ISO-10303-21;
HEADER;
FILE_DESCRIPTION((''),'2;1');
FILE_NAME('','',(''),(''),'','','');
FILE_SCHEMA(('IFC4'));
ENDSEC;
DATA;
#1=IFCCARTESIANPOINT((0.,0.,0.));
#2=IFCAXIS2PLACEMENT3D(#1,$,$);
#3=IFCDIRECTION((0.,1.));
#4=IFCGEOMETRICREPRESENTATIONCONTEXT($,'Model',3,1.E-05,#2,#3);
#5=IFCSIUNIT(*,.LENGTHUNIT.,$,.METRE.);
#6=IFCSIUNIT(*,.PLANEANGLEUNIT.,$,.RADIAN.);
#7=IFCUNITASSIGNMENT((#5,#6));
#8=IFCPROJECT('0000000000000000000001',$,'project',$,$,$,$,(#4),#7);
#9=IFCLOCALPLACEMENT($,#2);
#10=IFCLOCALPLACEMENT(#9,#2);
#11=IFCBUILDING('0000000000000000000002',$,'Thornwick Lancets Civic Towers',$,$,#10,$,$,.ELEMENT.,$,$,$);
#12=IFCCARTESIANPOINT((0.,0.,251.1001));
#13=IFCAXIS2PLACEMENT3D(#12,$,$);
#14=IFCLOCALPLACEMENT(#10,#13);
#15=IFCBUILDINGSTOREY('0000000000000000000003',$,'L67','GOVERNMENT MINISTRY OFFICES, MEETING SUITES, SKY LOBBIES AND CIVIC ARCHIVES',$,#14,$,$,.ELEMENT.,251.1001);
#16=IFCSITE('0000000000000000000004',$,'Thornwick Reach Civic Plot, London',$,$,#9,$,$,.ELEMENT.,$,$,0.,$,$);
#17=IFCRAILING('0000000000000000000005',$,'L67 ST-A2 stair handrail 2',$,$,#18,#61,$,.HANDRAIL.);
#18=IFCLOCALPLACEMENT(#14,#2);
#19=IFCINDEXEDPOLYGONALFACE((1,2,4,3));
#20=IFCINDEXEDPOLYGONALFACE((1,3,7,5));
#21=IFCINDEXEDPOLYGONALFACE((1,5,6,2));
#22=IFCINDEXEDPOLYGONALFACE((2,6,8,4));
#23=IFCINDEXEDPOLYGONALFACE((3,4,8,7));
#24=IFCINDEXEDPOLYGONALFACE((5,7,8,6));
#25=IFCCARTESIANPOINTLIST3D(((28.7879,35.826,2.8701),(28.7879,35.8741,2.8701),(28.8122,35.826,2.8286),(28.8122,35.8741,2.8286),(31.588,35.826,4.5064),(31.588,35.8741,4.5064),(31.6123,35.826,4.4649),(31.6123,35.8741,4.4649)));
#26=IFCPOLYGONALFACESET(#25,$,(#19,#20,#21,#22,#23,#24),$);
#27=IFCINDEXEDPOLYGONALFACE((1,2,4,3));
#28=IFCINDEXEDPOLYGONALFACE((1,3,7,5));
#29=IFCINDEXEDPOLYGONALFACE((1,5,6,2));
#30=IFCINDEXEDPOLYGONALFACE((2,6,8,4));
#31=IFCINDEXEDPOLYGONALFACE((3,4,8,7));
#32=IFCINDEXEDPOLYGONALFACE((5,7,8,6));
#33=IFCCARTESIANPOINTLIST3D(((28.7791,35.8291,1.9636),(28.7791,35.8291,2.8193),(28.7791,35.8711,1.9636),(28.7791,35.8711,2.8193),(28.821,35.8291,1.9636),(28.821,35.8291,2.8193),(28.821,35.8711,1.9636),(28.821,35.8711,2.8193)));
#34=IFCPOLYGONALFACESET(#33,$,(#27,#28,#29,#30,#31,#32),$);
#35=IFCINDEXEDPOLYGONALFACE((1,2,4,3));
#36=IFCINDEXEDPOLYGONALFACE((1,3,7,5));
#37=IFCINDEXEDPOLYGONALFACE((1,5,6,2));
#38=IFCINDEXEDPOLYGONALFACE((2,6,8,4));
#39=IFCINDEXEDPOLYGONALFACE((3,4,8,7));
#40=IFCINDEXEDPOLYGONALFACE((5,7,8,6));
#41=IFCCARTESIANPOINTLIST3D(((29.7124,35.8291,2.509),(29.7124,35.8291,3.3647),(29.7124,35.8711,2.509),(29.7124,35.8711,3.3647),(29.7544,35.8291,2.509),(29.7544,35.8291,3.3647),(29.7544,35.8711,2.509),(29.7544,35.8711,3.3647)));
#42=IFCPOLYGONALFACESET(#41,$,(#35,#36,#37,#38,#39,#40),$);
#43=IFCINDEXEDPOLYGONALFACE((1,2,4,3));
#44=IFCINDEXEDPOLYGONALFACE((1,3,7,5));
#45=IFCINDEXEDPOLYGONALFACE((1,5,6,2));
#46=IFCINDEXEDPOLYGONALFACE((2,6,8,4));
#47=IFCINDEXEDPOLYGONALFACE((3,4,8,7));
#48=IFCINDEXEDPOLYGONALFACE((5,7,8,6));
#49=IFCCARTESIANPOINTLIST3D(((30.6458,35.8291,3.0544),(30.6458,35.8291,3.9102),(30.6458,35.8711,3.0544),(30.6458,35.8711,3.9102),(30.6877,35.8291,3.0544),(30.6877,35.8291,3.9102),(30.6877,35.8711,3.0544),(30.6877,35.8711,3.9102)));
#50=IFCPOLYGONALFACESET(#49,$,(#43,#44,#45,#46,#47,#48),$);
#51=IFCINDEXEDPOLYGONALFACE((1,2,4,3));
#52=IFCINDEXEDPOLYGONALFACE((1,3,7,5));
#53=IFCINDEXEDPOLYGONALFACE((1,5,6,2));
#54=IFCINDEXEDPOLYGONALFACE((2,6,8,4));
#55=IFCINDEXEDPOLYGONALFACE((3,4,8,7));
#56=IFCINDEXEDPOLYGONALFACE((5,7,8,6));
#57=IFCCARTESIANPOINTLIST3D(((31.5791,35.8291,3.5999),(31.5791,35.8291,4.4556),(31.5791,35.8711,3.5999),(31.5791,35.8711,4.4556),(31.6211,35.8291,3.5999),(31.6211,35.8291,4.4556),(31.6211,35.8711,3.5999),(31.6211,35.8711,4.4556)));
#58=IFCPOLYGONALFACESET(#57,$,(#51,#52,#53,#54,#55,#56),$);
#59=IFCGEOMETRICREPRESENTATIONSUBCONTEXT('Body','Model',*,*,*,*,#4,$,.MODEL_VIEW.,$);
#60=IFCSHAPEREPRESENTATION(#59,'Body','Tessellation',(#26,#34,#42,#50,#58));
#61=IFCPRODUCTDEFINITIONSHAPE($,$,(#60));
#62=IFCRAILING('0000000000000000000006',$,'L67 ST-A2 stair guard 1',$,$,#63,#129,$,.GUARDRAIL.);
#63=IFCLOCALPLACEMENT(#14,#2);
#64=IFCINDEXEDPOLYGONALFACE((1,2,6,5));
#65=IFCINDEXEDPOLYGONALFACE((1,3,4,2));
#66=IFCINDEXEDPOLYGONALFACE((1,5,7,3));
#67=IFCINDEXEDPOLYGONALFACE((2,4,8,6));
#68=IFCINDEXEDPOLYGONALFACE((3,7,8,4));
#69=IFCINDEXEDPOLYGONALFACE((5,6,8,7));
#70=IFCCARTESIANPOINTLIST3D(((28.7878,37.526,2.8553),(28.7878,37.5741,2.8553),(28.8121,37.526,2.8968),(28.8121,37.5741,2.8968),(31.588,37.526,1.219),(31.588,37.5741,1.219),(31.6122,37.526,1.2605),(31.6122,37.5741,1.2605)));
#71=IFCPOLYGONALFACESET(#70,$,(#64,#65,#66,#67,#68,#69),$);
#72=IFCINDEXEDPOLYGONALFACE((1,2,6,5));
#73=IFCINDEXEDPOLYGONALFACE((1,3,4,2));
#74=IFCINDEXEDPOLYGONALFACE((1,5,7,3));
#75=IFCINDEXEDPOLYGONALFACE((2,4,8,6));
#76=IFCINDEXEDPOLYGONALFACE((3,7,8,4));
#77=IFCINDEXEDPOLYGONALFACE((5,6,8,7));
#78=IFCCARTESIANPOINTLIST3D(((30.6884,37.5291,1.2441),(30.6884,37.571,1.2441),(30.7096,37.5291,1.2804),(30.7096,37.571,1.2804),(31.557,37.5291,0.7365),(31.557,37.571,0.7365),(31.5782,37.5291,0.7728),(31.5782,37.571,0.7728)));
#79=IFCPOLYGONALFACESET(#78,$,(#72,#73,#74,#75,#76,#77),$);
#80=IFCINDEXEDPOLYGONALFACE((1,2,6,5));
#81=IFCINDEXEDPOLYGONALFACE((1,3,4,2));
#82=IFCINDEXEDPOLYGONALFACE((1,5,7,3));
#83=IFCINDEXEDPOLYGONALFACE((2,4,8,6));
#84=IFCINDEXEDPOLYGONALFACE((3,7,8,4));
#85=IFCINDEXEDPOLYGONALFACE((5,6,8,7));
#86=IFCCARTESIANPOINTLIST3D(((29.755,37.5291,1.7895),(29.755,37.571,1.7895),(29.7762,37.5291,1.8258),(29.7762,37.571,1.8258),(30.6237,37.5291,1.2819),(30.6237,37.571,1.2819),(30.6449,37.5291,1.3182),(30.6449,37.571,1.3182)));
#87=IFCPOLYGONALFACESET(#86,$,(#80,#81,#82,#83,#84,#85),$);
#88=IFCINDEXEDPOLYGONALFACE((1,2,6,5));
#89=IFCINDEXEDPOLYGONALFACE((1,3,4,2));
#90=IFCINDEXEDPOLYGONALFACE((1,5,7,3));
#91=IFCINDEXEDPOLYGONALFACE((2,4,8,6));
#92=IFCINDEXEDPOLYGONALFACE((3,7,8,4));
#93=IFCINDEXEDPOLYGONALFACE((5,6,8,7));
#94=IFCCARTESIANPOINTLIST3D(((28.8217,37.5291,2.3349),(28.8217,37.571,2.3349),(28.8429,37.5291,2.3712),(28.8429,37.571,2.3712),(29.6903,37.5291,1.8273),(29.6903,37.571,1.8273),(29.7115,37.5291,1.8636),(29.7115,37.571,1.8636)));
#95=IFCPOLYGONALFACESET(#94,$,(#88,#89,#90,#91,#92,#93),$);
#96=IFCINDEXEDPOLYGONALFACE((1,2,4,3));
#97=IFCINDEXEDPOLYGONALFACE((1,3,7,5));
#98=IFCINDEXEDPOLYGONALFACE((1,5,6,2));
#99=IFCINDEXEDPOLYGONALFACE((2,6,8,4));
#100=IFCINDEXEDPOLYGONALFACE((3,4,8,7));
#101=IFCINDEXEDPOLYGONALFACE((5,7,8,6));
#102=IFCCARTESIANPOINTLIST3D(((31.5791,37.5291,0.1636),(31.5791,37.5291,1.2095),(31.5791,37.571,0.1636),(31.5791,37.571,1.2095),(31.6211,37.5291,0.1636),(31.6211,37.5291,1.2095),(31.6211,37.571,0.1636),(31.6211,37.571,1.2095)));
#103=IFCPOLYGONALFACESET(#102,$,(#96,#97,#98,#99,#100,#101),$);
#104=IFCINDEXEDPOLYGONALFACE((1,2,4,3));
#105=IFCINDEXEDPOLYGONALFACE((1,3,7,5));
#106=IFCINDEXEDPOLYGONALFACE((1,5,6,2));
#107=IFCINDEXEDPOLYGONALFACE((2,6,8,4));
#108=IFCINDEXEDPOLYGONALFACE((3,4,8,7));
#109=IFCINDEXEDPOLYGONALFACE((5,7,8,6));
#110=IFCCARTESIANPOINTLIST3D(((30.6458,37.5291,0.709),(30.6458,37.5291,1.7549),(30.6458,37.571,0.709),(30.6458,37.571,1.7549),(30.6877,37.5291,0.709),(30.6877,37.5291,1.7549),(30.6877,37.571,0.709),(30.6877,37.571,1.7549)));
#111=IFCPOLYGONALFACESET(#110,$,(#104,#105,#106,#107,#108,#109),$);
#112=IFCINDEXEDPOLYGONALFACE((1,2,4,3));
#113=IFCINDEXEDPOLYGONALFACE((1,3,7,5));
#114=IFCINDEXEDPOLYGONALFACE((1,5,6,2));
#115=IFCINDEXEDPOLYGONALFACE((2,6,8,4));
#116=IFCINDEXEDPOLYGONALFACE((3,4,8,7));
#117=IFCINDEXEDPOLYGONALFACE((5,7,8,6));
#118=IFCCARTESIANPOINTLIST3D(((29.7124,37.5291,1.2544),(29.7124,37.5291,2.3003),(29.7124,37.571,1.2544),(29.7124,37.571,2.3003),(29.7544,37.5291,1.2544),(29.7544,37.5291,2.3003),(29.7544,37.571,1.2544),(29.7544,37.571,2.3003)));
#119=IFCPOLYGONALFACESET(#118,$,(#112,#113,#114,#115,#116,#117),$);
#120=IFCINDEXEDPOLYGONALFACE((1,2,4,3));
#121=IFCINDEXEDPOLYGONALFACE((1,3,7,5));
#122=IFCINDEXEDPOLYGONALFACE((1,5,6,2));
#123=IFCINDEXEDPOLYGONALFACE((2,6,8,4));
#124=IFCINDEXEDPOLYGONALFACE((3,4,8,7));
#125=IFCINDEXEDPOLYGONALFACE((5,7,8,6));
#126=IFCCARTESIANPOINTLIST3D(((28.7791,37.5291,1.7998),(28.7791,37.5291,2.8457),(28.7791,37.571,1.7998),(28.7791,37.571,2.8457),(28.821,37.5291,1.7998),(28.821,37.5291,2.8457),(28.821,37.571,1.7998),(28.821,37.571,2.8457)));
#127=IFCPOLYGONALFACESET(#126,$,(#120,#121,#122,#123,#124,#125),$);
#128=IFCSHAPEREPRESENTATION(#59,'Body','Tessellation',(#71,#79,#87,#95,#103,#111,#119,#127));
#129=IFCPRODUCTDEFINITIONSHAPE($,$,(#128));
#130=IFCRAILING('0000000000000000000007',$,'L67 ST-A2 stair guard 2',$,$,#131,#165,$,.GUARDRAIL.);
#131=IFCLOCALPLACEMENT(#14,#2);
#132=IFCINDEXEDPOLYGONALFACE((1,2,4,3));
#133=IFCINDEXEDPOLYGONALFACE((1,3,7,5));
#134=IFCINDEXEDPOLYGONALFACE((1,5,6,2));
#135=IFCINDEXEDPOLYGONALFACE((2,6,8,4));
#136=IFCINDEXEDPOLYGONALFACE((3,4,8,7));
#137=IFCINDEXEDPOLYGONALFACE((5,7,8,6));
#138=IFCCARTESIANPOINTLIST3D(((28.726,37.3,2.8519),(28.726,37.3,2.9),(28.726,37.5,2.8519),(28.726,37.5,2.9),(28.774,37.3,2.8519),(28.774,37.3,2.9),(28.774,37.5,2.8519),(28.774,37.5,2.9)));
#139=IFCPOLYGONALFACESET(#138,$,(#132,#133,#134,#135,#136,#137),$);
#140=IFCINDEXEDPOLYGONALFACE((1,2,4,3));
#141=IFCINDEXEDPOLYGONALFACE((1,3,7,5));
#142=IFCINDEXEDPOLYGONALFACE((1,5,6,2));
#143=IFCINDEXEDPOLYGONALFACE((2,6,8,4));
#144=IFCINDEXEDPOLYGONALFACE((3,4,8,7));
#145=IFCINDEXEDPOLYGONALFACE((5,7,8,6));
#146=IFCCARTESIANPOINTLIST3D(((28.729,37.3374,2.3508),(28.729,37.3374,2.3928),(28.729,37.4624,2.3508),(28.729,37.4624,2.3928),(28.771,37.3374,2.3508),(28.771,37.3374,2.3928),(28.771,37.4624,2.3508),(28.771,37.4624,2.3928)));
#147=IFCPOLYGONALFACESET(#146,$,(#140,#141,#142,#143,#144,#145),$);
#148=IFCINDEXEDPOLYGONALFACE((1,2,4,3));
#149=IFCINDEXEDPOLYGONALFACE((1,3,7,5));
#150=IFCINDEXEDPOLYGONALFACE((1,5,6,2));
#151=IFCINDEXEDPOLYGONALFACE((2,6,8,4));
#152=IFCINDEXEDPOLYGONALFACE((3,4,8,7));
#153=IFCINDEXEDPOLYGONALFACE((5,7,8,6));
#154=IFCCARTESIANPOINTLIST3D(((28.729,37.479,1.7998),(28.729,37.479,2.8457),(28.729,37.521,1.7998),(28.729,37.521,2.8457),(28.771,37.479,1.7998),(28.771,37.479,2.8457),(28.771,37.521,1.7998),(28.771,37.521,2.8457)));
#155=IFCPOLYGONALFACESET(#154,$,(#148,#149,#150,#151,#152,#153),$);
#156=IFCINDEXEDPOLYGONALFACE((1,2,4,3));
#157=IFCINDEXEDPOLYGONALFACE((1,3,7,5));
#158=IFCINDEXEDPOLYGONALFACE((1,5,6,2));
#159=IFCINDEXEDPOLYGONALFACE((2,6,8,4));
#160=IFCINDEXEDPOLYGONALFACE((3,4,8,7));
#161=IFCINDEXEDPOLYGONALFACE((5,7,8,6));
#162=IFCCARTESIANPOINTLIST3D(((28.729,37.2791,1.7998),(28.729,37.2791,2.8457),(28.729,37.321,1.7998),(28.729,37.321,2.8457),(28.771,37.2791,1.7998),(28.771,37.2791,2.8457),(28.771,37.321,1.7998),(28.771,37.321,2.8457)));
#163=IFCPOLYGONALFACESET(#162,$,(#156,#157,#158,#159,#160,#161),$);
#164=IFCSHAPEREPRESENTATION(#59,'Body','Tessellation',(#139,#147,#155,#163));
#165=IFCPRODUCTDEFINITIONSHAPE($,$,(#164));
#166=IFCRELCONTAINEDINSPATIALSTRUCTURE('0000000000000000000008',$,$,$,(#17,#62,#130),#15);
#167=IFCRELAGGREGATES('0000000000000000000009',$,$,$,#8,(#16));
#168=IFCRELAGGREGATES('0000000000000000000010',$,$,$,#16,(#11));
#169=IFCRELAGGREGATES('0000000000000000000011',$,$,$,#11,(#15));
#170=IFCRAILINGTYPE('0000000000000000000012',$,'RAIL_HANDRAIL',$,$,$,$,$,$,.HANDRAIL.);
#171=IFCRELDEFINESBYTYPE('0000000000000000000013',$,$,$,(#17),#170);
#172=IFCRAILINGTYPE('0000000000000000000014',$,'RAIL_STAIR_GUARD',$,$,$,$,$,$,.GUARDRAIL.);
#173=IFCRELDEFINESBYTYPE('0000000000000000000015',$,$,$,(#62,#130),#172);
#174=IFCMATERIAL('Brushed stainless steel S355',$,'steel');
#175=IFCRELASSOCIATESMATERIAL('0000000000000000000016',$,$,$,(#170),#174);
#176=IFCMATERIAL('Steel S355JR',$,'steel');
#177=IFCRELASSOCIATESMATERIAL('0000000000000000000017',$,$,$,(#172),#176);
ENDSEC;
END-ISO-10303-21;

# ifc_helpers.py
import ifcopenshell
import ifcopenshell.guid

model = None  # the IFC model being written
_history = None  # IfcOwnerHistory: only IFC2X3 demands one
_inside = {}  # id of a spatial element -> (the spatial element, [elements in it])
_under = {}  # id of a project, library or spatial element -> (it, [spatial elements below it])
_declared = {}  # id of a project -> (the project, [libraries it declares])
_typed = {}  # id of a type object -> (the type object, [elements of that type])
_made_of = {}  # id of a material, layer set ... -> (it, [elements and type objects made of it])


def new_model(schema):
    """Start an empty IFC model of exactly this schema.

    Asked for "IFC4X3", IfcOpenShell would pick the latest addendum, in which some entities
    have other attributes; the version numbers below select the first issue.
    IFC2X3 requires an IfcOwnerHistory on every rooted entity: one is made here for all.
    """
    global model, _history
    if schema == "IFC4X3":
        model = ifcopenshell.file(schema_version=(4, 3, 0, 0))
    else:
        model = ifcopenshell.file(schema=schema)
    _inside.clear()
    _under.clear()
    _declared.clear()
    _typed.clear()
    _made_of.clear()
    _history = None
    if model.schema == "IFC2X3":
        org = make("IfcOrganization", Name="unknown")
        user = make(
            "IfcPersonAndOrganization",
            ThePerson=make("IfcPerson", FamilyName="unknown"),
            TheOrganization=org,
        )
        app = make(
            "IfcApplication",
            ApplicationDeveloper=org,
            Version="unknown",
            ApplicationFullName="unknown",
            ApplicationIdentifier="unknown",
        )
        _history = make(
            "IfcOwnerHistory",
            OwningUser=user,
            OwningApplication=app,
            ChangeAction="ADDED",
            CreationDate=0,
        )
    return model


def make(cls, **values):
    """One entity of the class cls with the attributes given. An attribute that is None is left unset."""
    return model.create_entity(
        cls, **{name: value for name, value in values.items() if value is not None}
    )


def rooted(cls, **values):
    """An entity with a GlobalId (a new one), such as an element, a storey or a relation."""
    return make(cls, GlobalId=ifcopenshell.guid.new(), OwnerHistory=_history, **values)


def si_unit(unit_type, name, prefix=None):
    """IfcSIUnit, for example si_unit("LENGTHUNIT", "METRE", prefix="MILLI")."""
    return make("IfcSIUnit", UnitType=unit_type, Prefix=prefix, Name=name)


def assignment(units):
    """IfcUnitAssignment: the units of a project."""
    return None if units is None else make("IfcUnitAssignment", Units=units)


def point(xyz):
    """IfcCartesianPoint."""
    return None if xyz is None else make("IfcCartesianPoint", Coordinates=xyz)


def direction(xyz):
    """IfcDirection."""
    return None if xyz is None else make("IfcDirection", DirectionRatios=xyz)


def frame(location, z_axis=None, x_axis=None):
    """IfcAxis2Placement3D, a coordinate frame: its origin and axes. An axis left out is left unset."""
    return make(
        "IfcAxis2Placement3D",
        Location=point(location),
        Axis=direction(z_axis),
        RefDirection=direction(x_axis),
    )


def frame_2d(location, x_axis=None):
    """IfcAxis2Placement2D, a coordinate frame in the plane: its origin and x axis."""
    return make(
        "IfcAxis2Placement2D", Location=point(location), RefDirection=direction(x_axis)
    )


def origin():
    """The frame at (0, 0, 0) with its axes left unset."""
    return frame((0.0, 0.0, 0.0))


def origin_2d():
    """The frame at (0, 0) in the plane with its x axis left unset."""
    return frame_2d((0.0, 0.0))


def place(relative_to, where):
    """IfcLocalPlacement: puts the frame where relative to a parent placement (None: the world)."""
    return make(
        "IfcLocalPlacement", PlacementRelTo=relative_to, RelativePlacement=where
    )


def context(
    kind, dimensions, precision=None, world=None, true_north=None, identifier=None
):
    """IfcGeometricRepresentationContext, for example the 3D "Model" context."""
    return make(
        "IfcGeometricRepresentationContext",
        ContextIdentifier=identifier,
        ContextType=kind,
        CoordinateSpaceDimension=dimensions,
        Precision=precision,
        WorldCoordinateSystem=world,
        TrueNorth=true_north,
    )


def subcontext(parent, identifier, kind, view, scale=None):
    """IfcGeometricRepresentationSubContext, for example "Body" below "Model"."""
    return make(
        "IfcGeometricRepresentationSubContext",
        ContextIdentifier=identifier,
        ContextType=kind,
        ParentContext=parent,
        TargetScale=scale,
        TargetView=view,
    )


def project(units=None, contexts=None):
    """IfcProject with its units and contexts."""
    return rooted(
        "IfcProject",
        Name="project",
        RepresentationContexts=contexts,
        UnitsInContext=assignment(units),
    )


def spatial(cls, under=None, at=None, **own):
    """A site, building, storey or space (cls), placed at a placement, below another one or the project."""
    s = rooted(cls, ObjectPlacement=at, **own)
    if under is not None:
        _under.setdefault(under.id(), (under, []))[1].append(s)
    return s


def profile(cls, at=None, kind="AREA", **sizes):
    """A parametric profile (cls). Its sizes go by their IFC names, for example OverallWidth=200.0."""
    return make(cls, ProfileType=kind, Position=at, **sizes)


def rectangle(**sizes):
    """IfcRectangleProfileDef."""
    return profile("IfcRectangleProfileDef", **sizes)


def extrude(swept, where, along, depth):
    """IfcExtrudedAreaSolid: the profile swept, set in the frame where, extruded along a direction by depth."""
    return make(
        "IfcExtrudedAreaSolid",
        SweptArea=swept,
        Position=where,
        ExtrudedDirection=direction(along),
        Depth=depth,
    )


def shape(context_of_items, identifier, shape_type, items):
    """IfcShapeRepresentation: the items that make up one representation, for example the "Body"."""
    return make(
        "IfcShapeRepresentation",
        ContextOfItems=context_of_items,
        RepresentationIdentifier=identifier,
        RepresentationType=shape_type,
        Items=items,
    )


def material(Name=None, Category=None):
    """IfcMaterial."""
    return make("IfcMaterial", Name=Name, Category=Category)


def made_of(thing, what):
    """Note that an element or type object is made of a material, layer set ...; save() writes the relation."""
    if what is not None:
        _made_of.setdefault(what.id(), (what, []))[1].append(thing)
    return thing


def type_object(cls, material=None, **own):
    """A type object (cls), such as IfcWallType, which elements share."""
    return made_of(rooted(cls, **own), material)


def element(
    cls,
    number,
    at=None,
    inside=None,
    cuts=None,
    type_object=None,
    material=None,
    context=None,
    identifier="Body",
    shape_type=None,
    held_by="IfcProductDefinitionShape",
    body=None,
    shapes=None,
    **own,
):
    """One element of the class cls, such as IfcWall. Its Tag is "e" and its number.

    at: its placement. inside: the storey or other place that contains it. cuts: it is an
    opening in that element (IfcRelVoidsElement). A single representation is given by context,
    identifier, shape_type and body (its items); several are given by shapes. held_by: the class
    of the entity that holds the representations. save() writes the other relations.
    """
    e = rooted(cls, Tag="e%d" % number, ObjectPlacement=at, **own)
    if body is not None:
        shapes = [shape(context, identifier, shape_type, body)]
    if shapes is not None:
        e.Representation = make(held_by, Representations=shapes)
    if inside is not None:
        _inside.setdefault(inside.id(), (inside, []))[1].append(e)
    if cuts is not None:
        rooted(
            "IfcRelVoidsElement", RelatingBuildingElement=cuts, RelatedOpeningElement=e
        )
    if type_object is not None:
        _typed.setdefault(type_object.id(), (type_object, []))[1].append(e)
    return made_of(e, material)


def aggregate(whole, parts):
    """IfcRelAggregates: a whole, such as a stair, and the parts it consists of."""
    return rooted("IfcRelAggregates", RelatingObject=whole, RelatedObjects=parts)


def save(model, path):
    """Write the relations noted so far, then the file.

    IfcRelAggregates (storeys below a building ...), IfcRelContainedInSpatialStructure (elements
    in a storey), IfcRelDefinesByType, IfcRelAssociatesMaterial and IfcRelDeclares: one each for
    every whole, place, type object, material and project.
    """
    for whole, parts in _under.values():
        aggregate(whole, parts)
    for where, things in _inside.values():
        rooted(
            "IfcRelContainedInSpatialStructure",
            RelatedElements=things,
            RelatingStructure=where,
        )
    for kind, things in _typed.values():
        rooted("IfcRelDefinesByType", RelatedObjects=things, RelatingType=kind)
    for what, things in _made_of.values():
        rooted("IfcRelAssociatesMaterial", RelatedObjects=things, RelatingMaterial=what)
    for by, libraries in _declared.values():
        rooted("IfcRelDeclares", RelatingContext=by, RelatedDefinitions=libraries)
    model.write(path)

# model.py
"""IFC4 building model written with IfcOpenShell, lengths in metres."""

from ifc_helpers import new_model, si_unit, direction, frame, origin, origin_2d, place, context, subcontext, project, spatial, rectangle, extrude, material, type_object, element, save


model = new_model("IFC4")

# Units and contexts
model_context = context("Model", 3, precision=1e-05, world=origin(), true_north=direction((0.0, 1.0)))
body_context = subcontext(model_context, "Body", "Model", "MODEL_VIEW")
ifc_project = project(units=[si_unit("LENGTHUNIT", "METRE"), si_unit("PLANEANGLEUNIT", "RADIAN")], contexts=[model_context])

# Site, building, storey
site_placement = place(None, origin())
site = spatial("IfcSite", under=ifc_project, at=site_placement, Name="Thornwick Reach Civic Plot, London", CompositionType="ELEMENT", RefElevation=0.0)
building_placement = place(site_placement, origin())
building = spatial("IfcBuilding", under=site, at=building_placement, Name="Thornwick Lancets Civic Towers", CompositionType="ELEMENT")
storey_placement = place(building_placement, frame((0.0, 0.0, 251.1001)))
storey = spatial("IfcBuildingStorey", under=building, at=storey_placement, Name="L67", Description="GOVERNMENT MINISTRY OFFICES, MEETING SUITES, SKY LOBBIES AND CIVIC ARCHIVES", CompositionType="ELEMENT", Elevation=251.1001)

# Shared definitions
ifc_material_1 = material(Name="Steel S355JR", Category="steel")

# Railings
ifc_material_2 = material(Name="Brushed stainless steel S355", Category="steel")
railing_type_1 = type_object("IfcRailingType", Name="RAIL_HANDRAIL", PredefinedType="HANDRAIL", material=ifc_material_2)
railing_1_placement = place(storey_placement, frame((28.8, 35.8501, 1.9636)))
element("IfcRailing", 1, at=railing_1_placement, inside=storey, type_object=railing_type_1, Name="L67 ST-A2 stair handrail 2", PredefinedType="HANDRAIL", context=body_context, shape_type="SweptSolid", body=[
    extrude(rectangle(XDim=0.0481, YDim=0.0481, at=origin_2d()), frame((0.0, 0.0, 0.8857), z_axis=(0.863394, 0.0, 0.504531), x_axis=(0.0, 1.0, 0.0)), (0.0, 0.0, 1.0), 3.2432),
    extrude(rectangle(XDim=0.042, YDim=0.042, at=origin_2d()), origin(), (0.0, 0.0, 1.0), 0.8557),
    extrude(rectangle(XDim=0.042, YDim=0.042, at=origin_2d()), frame((0.9333, 0.0, 0.5454)), (0.0, 0.0, 1.0), 0.8557),
    extrude(rectangle(XDim=0.042, YDim=0.042, at=origin_2d()), frame((1.8667, 0.0, 1.0908)), (0.0, 0.0, 1.0), 0.8557),
    extrude(rectangle(XDim=0.042, YDim=0.042, at=origin_2d()), frame((2.8, 0.0, 1.6362)), (0.0, 0.0, 1.0), 0.8557),
])
railing_type_2 = type_object("IfcRailingType", Name="RAIL_STAIR_GUARD", PredefinedType="GUARDRAIL", material=ifc_material_1)
railing_2_placement = place(storey_placement, frame((31.6001, 37.55, 0.1636)))
element("IfcRailing", 2, at=railing_2_placement, inside=storey, type_object=railing_type_2, Name="L67 ST-A2 stair guard 1", PredefinedType="GUARDRAIL", context=body_context, shape_type="SweptSolid", body=[
    extrude(rectangle(XDim=0.0481, YDim=0.0481, at=origin_2d()), frame((0.0, 0.0, 1.0762), z_axis=(-0.863394, 0.0, 0.504531), x_axis=(0.0, -1.0, 0.0)), (0.0, 0.0, 1.0), 3.2432),
    extrude(rectangle(XDim=0.042, YDim=0.042, at=origin_2d()), frame((-0.0325, 0.0, 0.5911), z_axis=(-0.863394, 0.0, 0.504531), x_axis=(0.0, -1.0, 0.0)), (0.0, 0.0, 1.0), 1.0061),
    extrude(rectangle(XDim=0.042, YDim=0.042, at=origin_2d()), frame((-0.9658, 0.0, 1.1365), z_axis=(-0.863394, 0.0, 0.504531), x_axis=(0.0, -1.0, 0.0)), (0.0, 0.0, 1.0), 1.0061),
    extrude(rectangle(XDim=0.042, YDim=0.042, at=origin_2d()), frame((-1.8992, 0.0, 1.6819), z_axis=(-0.863394, 0.0, 0.504531), x_axis=(0.0, -1.0, 0.0)), (0.0, 0.0, 1.0), 1.0061),
    extrude(rectangle(XDim=0.042, YDim=0.042, at=origin_2d()), origin(), (0.0, 0.0, 1.0), 1.0459),
    extrude(rectangle(XDim=0.042, YDim=0.042, at=origin_2d()), frame((-0.9333, 0.0, 0.5454)), (0.0, 0.0, 1.0), 1.0459),
    extrude(rectangle(XDim=0.042, YDim=0.042, at=origin_2d()), frame((-1.8667, 0.0, 1.0908)), (0.0, 0.0, 1.0), 1.0459),
    extrude(rectangle(XDim=0.042, YDim=0.042, at=origin_2d()), frame((-2.8, 0.0, 1.6362)), (0.0, 0.0, 1.0), 1.0459),
])
railing_3_placement = place(storey_placement, frame((28.75, 37.5, 1.7998)))
element("IfcRailing", 3, at=railing_3_placement, inside=storey, type_object=railing_type_2, Name="L67 ST-A2 stair guard 2", PredefinedType="GUARDRAIL", context=body_context, shape_type="SweptSolid", body=[
    extrude(rectangle(XDim=0.0481, YDim=0.0481, at=origin_2d()), frame((0.0, 0.0, 1.0762), z_axis=(0.0, -1.0, 0.0), x_axis=(1.0, 0.0, 0.0)), (0.0, 0.0, 1.0), 0.2),
    extrude(rectangle(XDim=0.042, YDim=0.042, at=origin_2d()), frame((0.0, -0.0376, 0.572), z_axis=(0.0, -1.0, 0.0), x_axis=(1.0, 0.0, 0.0)), (0.0, 0.0, 1.0), 0.125),
    extrude(rectangle(XDim=0.042, YDim=0.042, at=origin_2d()), origin(), (0.0, 0.0, 1.0), 1.0459),
    extrude(rectangle(XDim=0.042, YDim=0.042, at=origin_2d()), frame((0.0, -0.2, 0.0)), (0.0, 0.0, 1.0), 1.0459),
])

save(model, "model.ifc")
